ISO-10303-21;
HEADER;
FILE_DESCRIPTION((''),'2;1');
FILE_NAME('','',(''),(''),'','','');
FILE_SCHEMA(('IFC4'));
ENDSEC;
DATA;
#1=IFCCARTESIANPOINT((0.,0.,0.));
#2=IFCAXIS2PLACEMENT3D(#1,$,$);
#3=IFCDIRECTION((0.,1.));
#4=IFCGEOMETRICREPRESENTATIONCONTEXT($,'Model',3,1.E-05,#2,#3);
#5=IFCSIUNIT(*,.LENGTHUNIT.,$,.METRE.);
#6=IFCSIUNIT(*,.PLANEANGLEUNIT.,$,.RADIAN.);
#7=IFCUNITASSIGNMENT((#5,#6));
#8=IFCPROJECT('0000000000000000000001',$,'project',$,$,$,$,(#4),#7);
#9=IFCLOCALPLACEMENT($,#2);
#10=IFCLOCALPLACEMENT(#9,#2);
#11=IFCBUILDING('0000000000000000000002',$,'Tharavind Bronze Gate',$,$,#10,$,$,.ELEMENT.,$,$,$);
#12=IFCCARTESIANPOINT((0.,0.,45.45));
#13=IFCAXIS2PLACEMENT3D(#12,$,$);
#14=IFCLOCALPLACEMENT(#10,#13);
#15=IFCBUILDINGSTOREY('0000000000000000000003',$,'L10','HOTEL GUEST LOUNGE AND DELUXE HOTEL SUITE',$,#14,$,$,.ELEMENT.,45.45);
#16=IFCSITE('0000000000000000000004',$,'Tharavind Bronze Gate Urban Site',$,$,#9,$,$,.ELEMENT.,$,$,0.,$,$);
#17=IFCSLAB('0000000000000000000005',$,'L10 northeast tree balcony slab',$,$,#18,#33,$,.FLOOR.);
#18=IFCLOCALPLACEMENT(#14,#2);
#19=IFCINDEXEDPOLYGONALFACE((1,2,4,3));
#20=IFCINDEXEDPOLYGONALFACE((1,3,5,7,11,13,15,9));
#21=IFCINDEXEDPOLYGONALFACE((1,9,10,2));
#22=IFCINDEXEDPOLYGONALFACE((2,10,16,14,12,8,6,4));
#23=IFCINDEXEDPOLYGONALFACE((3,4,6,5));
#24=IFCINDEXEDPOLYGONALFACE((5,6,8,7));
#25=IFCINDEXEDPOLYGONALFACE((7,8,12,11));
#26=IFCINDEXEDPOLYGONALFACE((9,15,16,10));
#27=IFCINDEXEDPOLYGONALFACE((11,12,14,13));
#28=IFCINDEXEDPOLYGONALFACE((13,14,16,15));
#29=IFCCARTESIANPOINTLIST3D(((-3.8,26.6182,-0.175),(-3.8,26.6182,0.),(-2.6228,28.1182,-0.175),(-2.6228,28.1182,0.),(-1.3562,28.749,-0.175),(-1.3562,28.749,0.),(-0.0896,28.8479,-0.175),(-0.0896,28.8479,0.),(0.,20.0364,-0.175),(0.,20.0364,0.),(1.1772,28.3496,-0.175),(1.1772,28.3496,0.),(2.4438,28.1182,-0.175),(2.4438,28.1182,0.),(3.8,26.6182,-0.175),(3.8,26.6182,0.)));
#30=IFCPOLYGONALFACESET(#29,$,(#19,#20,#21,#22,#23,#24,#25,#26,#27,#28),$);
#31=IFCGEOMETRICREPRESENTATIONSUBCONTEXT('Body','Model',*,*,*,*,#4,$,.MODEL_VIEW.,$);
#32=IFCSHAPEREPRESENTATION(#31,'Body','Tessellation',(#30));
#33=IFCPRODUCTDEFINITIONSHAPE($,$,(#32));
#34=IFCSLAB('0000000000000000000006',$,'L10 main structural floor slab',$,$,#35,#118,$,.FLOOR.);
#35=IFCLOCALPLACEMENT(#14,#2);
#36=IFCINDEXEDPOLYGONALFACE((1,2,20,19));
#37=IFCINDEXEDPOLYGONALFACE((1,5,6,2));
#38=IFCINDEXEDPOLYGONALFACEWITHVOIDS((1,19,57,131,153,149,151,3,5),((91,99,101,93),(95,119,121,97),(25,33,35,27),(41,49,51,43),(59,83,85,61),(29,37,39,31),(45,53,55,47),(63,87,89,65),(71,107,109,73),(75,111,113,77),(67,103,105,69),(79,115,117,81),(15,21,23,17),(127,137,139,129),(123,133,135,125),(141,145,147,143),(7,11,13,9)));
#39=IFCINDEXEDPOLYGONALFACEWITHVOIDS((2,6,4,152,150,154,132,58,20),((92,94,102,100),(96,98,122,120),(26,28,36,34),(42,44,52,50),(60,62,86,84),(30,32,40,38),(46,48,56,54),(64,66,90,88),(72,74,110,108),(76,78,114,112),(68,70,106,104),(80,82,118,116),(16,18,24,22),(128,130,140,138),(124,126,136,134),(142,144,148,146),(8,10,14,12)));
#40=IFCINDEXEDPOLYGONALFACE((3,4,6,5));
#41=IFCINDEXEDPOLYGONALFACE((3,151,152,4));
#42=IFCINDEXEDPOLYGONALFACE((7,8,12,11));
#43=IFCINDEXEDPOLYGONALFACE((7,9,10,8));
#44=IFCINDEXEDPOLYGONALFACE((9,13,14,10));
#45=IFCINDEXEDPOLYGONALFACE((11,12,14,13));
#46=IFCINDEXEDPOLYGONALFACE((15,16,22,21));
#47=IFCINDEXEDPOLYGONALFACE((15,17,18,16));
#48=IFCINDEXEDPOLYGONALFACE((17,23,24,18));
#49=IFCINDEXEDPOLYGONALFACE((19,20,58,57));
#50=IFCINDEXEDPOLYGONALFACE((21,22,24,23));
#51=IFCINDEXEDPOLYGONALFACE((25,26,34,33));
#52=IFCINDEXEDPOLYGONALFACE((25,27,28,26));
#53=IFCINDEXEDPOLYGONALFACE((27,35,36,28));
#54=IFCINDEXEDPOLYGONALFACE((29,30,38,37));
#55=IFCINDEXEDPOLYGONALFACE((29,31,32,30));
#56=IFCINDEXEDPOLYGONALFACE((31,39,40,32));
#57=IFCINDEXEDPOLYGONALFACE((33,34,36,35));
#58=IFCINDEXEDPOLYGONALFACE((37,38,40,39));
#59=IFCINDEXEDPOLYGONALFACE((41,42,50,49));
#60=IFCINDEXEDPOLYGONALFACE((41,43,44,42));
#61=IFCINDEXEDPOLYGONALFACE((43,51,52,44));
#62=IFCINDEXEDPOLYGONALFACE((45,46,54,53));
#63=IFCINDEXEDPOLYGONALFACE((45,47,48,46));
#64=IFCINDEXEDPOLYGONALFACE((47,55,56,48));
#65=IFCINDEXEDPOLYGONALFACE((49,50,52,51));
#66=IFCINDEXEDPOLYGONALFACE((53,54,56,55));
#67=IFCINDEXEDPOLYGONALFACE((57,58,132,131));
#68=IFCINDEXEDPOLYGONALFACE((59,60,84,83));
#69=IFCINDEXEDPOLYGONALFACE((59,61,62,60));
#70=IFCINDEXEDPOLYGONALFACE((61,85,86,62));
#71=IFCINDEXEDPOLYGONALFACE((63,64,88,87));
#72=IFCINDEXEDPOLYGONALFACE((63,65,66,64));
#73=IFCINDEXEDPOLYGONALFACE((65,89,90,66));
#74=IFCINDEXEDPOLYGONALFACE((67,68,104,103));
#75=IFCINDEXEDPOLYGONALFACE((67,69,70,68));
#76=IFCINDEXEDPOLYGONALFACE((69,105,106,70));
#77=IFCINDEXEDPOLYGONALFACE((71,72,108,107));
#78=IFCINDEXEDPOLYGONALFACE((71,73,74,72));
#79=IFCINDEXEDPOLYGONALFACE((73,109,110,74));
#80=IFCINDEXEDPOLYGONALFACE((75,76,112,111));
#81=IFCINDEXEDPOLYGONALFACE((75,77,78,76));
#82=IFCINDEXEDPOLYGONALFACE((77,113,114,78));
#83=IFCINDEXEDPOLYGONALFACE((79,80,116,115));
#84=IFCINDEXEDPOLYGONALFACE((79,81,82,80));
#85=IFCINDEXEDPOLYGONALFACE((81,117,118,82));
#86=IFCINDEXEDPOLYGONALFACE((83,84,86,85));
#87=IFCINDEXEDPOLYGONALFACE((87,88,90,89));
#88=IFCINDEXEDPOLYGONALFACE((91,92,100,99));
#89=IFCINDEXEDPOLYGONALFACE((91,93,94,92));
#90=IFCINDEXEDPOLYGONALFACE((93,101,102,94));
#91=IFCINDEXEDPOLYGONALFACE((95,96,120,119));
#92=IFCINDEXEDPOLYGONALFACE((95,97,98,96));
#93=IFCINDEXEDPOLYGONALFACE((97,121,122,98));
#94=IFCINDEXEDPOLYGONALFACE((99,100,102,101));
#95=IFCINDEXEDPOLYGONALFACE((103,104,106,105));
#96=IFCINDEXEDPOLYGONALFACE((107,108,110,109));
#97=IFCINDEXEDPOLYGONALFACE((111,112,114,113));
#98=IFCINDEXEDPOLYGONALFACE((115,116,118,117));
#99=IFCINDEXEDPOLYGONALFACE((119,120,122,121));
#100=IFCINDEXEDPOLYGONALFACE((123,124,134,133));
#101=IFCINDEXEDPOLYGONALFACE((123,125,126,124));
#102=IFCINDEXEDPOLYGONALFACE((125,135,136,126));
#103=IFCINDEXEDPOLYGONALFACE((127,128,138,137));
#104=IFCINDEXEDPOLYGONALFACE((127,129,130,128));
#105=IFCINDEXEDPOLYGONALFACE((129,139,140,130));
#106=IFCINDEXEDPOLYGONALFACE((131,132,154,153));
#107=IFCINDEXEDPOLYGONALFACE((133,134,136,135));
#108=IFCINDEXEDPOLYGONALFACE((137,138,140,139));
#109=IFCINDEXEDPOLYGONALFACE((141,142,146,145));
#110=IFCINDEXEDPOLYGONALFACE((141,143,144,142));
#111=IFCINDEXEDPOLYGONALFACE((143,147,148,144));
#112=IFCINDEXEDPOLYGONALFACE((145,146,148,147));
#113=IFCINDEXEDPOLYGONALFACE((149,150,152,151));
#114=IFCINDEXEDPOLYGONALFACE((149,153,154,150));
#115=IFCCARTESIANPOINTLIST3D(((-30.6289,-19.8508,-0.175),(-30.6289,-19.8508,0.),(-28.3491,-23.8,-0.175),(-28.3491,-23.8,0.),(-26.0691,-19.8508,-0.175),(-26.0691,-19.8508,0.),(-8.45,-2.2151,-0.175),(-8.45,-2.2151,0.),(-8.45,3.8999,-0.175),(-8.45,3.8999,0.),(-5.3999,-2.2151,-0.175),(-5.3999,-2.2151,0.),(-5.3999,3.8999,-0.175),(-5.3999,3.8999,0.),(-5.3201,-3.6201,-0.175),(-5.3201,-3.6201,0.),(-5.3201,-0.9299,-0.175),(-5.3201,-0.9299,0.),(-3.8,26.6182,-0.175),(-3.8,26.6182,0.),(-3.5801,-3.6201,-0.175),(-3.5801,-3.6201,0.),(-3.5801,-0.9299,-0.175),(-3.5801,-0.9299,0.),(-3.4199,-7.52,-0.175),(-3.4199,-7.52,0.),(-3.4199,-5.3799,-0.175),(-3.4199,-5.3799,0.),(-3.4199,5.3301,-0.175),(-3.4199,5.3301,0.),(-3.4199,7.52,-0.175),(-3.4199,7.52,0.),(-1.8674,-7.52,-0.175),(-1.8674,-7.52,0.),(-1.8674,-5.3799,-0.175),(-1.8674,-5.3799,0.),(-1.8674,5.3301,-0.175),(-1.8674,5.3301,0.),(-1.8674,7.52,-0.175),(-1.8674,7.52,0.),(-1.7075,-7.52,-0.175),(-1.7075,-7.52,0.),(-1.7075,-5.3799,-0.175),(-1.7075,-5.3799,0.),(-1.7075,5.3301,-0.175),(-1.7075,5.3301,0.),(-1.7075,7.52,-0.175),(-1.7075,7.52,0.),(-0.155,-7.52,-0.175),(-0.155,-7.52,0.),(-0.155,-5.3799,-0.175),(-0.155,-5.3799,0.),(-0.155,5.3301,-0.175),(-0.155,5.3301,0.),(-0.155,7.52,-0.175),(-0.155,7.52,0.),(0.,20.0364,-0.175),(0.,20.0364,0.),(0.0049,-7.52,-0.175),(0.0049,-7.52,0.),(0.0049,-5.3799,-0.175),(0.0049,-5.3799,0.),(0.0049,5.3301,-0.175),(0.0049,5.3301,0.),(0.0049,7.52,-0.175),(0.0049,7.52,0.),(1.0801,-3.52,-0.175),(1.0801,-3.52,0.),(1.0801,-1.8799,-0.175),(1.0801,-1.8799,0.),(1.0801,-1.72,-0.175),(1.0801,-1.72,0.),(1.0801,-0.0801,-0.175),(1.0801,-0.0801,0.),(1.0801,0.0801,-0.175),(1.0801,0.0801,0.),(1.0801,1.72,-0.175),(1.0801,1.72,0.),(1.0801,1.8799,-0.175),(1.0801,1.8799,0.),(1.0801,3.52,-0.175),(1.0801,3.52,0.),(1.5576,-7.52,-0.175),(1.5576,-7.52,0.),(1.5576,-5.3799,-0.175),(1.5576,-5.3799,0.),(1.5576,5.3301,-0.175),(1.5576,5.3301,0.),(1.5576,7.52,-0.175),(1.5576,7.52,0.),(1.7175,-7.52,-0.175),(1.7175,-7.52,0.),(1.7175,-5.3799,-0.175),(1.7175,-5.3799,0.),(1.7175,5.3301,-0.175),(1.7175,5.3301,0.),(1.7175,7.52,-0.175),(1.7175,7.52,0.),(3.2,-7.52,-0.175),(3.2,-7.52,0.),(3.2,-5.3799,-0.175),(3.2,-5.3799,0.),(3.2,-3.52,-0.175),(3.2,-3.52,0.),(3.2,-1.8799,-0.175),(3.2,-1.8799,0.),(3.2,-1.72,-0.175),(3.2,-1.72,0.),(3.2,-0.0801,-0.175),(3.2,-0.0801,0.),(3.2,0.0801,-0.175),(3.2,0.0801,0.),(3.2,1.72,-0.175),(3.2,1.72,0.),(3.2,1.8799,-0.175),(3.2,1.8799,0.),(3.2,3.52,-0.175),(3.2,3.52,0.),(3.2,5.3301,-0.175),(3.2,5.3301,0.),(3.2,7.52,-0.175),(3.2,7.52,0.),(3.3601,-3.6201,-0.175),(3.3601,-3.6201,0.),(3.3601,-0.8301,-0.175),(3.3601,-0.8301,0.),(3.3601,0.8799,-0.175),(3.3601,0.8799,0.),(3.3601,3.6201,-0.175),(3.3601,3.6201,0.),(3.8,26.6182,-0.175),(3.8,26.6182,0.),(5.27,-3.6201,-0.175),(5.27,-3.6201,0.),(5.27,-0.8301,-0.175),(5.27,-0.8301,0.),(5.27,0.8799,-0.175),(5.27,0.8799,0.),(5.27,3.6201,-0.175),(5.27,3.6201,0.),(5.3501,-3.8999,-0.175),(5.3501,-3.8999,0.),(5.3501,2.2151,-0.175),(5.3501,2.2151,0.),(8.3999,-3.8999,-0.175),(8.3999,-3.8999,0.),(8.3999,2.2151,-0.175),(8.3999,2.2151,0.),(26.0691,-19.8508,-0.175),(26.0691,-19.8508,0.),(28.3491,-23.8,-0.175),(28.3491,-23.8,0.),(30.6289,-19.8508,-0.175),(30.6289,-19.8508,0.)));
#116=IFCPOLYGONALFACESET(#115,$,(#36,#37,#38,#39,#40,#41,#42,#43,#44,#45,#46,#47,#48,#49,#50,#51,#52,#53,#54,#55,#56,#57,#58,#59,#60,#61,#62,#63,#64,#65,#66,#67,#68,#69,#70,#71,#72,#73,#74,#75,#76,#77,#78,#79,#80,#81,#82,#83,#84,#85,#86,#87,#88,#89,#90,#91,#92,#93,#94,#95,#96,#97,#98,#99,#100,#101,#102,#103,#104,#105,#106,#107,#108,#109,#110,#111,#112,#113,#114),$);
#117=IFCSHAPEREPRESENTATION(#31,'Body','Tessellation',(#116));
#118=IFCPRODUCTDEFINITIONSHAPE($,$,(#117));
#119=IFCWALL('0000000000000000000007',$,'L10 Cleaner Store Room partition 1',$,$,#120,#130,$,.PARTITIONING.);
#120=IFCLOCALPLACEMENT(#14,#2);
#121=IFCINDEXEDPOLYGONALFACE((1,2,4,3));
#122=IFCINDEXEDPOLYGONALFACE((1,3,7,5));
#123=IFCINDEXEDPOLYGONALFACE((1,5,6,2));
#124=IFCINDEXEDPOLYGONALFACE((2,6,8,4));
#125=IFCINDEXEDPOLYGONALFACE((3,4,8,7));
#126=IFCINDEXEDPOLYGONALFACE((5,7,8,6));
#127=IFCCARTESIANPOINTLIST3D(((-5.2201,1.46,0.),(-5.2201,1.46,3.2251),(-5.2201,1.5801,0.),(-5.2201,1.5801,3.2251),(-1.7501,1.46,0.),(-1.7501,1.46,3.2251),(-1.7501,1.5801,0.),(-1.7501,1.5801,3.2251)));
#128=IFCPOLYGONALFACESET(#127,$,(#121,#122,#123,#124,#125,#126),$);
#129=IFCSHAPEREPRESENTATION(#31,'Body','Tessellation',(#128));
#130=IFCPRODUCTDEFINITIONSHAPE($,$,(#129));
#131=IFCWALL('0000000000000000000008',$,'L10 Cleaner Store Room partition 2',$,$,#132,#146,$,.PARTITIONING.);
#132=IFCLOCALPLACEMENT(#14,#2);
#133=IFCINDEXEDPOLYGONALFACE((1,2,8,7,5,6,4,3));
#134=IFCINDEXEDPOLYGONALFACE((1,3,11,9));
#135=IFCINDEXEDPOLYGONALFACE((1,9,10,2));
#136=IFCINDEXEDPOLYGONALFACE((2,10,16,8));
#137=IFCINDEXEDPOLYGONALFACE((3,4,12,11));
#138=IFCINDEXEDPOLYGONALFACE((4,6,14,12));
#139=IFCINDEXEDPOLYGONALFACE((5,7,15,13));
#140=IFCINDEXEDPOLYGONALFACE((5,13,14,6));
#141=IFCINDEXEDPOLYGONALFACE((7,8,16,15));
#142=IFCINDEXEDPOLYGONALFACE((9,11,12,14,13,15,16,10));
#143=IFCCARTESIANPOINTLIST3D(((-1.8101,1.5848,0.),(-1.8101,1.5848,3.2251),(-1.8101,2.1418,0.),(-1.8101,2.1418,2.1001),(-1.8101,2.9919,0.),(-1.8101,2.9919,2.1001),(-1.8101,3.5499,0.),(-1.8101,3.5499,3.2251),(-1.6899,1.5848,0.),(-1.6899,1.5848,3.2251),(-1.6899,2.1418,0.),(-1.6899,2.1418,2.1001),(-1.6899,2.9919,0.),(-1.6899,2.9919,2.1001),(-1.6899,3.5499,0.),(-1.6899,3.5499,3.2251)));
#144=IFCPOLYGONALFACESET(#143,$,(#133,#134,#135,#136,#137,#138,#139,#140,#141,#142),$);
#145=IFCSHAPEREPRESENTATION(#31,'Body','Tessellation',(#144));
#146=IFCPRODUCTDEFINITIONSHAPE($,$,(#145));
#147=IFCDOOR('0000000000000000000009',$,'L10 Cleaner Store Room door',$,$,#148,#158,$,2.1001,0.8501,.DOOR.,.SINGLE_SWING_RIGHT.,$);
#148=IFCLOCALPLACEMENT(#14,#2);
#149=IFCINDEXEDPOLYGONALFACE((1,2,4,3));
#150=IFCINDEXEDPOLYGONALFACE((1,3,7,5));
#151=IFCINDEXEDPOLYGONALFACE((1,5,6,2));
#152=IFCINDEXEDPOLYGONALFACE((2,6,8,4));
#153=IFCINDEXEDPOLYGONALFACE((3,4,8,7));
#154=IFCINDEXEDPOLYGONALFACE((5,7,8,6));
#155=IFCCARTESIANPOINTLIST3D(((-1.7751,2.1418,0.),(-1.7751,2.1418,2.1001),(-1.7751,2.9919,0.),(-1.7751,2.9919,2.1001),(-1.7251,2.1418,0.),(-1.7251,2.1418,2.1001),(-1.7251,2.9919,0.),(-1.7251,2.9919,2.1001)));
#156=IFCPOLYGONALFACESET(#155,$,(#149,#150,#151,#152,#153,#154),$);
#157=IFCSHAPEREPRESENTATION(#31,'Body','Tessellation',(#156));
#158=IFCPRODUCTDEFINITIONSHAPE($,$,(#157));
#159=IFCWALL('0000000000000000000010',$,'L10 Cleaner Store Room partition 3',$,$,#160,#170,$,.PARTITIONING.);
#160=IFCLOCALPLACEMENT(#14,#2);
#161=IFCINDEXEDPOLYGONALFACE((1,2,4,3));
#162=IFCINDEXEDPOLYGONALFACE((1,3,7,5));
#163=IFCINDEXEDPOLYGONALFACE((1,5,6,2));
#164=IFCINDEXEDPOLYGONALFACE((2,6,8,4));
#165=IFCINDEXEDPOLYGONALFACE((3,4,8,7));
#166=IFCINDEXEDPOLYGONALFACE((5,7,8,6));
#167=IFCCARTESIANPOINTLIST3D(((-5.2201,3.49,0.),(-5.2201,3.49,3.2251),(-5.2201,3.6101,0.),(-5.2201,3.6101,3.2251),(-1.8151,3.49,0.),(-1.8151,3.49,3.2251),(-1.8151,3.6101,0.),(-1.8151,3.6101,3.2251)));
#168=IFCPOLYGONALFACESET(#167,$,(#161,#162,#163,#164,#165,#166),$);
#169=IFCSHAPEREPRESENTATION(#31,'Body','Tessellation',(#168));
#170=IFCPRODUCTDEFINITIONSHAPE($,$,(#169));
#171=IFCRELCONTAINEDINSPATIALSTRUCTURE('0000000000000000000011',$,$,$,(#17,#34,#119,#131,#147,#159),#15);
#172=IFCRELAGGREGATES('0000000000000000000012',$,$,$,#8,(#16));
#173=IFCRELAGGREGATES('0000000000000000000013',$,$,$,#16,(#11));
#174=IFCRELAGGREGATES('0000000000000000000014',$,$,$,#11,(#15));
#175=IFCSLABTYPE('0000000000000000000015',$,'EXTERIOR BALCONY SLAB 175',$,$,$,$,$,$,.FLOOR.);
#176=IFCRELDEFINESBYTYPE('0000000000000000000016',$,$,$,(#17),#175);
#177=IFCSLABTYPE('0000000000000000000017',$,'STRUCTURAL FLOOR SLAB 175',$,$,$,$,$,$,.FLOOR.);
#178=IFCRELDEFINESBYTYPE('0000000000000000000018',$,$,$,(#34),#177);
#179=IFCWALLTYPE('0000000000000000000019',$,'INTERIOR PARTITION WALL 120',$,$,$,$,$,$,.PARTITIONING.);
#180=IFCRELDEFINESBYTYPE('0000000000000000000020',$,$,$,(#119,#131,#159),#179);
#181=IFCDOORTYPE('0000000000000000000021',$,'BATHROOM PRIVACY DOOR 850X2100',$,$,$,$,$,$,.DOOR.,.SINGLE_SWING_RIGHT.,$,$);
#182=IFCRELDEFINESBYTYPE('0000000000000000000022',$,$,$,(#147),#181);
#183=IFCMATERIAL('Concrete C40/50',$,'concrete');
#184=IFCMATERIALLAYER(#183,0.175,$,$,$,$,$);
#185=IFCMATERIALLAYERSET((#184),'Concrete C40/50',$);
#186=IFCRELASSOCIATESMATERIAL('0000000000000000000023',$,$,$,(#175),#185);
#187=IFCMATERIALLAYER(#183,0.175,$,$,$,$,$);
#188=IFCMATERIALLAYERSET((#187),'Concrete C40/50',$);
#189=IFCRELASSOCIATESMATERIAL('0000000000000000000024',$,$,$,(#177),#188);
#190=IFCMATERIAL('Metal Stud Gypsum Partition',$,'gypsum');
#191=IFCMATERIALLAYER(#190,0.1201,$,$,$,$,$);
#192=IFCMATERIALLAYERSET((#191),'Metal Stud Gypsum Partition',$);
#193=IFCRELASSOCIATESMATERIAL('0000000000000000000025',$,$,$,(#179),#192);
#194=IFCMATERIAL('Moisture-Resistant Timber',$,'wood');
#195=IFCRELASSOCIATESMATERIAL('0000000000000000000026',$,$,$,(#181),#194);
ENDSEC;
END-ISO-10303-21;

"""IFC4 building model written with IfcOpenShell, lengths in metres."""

from ifc_helpers import new_model, si_unit, direction, frame, frame_2d, origin, place, context, subcontext, project, spatial, polyline, rectangle, outline, extrude, material, layer, layer_set, type_object, element, fill, save


model = new_model("IFC4")

# Units and contexts
model_context = context("Model", 3, precision=1e-05, world=origin(), true_north=direction((0.0, 1.0)))
body_context = subcontext(model_context, "Body", "Model", "MODEL_VIEW")
ifc_project = project(units=[si_unit("LENGTHUNIT", "METRE"), si_unit("PLANEANGLEUNIT", "RADIAN")], contexts=[model_context])

# Site, building, storey
site_placement = place(None, origin())
site = spatial("IfcSite", under=ifc_project, at=site_placement, Name="Tharavind Bronze Gate Urban Site", CompositionType="ELEMENT", RefElevation=0.0)
building_placement = place(site_placement, origin())
building = spatial("IfcBuilding", under=site, at=building_placement, Name="Tharavind Bronze Gate", CompositionType="ELEMENT")
storey_placement = place(building_placement, frame((0.0, 0.0, 45.45)))
storey = spatial("IfcBuildingStorey", under=building, at=storey_placement, Name="L10", Description="HOTEL GUEST LOUNGE AND DELUXE HOTEL SUITE", CompositionType="ELEMENT", Elevation=45.45)

# Slabs
ifc_material_1 = material(Name="Concrete C40/50", Category="concrete")
ifc_layer_1 = layer(ifc_material_1, 0.175)
ifc_layer_set_1 = layer_set([ifc_layer_1], Name="Concrete C40/50")
slab_type_1 = type_object("IfcSlabType", Name="EXTERIOR BALCONY SLAB 175", PredefinedType="FLOOR", material=ifc_layer_set_1)
slab_1_placement = place(storey_placement, frame((0.0, 0.0, -0.175)))
element("IfcSlab", 1, at=slab_1_placement, inside=storey, type_object=slab_type_1, Name="L10 northeast tree balcony slab", PredefinedType="FLOOR", context=body_context, shape_type="SweptSolid", body=[
    extrude(outline(polyline([(2.4438, 28.1182), (1.1772, 28.3496), (-0.0896, 28.8479), (-1.3562, 28.749), (-2.6228, 28.1182), (-3.8, 26.6182), (0.0, 20.0364), (3.8, 26.6182), (2.4438, 28.1182)])), origin(), (0.0, 0.0, 1.0), 0.175),
])
ifc_layer_2 = layer(ifc_material_1, 0.175)
ifc_layer_set_2 = layer_set([ifc_layer_2], Name="Concrete C40/50")
slab_type_2 = type_object("IfcSlabType", Name="STRUCTURAL FLOOR SLAB 175", PredefinedType="FLOOR", material=ifc_layer_set_2)
slab_2_placement = place(storey_placement, frame((0.0, 0.0, -0.175)))
element("IfcSlab", 2, at=slab_2_placement, inside=storey, type_object=slab_type_2, Name="L10 main structural floor slab", PredefinedType="FLOOR", context=body_context, shape_type="SweptSolid", body=[
    extrude(outline(polyline([(3.8, 26.6182), (0.0, 20.0364), (-3.8, 26.6182), (-30.6289, -19.8508), (-26.0691, -19.8508), (-28.3491, -23.8), (28.3491, -23.8), (26.0691, -19.8508), (30.6289, -19.8508), (3.8, 26.6182)]), holes=[polyline([(-5.3999, -2.2151), (-5.3999, 3.8999), (-8.45, 3.8999), (-8.45, -2.2151), (-5.3999, -2.2151)]), polyline([(5.3501, 2.2151), (5.3501, -3.8999), (8.3999, -3.8999), (8.3999, 2.2151), (5.3501, 2.2151)]), polyline([(-3.4199, -7.52), (-1.8674, -7.52), (-1.8674, -5.3799), (-3.4199, -5.3799), (-3.4199, -7.52)]), polyline([(-1.7075, -7.52), (-0.155, -7.52), (-0.155, -5.3799), (-1.7075, -5.3799), (-1.7075, -7.52)]), polyline([(0.0049, -7.52), (1.5576, -7.52), (1.5576, -5.3799), (0.0049, -5.3799), (0.0049, -7.52)]), polyline([(1.7175, -7.52), (3.2, -7.52), (3.2, -5.3799), (1.7175, -5.3799), (1.7175, -7.52)]), polyline([(-3.4199, 5.3301), (-1.8674, 5.3301), (-1.8674, 7.52), (-3.4199, 7.52), (-3.4199, 5.3301)]), polyline([(-1.7075, 5.3301), (-0.155, 5.3301), (-0.155, 7.52), (-1.7075, 7.52), (-1.7075, 5.3301)]), polyline([(0.0049, 5.3301), (1.5576, 5.3301), (1.5576, 7.52), (0.0049, 7.52), (0.0049, 5.3301)]), polyline([(1.7175, 5.3301), (3.2, 5.3301), (3.2, 7.52), (1.7175, 7.52), (1.7175, 5.3301)]), polyline([(1.0801, -3.52), (3.2, -3.52), (3.2, -1.8799), (1.0801, -1.8799), (1.0801, -3.52)]), polyline([(1.0801, -1.72), (3.2, -1.72), (3.2, -0.0801), (1.0801, -0.0801), (1.0801, -1.72)]), polyline([(1.0801, 0.0801), (3.2, 0.0801), (3.2, 1.72), (1.0801, 1.72), (1.0801, 0.0801)]), polyline([(1.0801, 1.8799), (3.2, 1.8799), (3.2, 3.52), (1.0801, 3.52), (1.0801, 1.8799)]), polyline([(-5.3201, -3.6201), (-3.5801, -3.6201), (-3.5801, -0.9299), (-5.3201, -0.9299), (-5.3201, -3.6201)]), polyline([(3.3601, 0.8799), (5.27, 0.8799), (5.27, 3.6201), (3.3601, 3.6201), (3.3601, 0.8799)]), polyline([(3.3601, -3.6201), (5.27, -3.6201), (5.27, -0.8301), (3.3601, -0.8301), (3.3601, -3.6201)])]), origin(), (0.0, 0.0, 1.0), 0.175),
])

# Wall
ifc_material_2 = material(Name="Metal Stud Gypsum Partition", Category="gypsum")
ifc_layer_3 = layer(ifc_material_2, 0.1201)
ifc_layer_set_3 = layer_set([ifc_layer_3], Name="Metal Stud Gypsum Partition")
wall_type_1 = type_object("IfcWallType", Name="INTERIOR PARTITION WALL 120", PredefinedType="PARTITIONING", material=ifc_layer_set_3)
wall_1_placement = place(storey_placement, frame((-5.22, 1.52, 0.0), z_axis=(0.0, 0.0, 1.0), x_axis=(1.0, 0.0, 0.0)))
element("IfcWall", 3, at=wall_1_placement, inside=storey, type_object=wall_type_1, Name="L10 Cleaner Store Room partition 1", PredefinedType="PARTITIONING", context=body_context, shape_type="SweptSolid", body=[
    extrude(rectangle(XDim=3.47, YDim=0.1201, at=frame_2d((1.7349, 0.0))), origin(), (0.0, 0.0, 1.0), 3.2251),
])

# Wall, opening, door
wall_2_placement = place(storey_placement, frame((-1.75, 1.585, 0.0), z_axis=(0.0, 0.0, 1.0), x_axis=(0.0, 1.0, 0.0)))
wall_2 = element("IfcWall", 4, at=wall_2_placement, inside=storey, type_object=wall_type_1, Name="L10 Cleaner Store Room partition 2", PredefinedType="PARTITIONING", context=body_context, shape_type="SweptSolid", body=[
    extrude(rectangle(XDim=1.9651, YDim=0.1201, at=frame_2d((0.9824, 0.0))), origin(), (0.0, 0.0, 1.0), 3.2251),
])
opening_1_placement = place(wall_2_placement, frame((0.5569, 0.0, 0.0)))
opening_1 = element("IfcOpeningElement", 5, at=opening_1_placement, cuts=wall_2, PredefinedType="OPENING", context=body_context, shape_type="SweptSolid", body=[
    extrude(rectangle(XDim=0.8501, YDim=2.1001, at=frame_2d((0.425, 1.05))), frame((0.0, 0.0701, 0.0), z_axis=(0.0, -1.0, 0.0), x_axis=(1.0, 0.0, 0.0)), (0.0, 0.0, 1.0), 0.1401),
])
ifc_material_3 = material(Name="Moisture-Resistant Timber", Category="wood")
door_type = type_object("IfcDoorType", Name="BATHROOM PRIVACY DOOR 850X2100", OperationType="SINGLE_SWING_RIGHT", PredefinedType="DOOR", material=ifc_material_3)
door_1_placement = place(opening_1_placement, frame((0.8501, 0.0, 0.0), z_axis=(0.0, 0.0, 1.0), x_axis=(-1.0, 0.0, 0.0)))
door_1 = element("IfcDoor", 6, at=door_1_placement, inside=storey, type_object=door_type, Name="L10 Cleaner Store Room door", OperationType="SINGLE_SWING_RIGHT", OverallHeight=2.1001, OverallWidth=0.8501, PredefinedType="DOOR", context=body_context, shape_type="SweptSolid", body=[
    extrude(rectangle(XDim=0.8501, YDim=2.1001, at=frame_2d((0.425, 1.05))), frame((0.0, 0.0249, 0.0), z_axis=(0.0, -1.0, 0.0), x_axis=(1.0, 0.0, 0.0)), (0.0, 0.0, 1.0), 0.05),
])
fill(opening_1, door_1)

# Wall
wall_3_placement = place(storey_placement, frame((-1.8149, 3.55, 0.0), z_axis=(0.0, 0.0, 1.0), x_axis=(-1.0, 0.0, 0.0)))
element("IfcWall", 7, at=wall_3_placement, inside=storey, type_object=wall_type_1, Name="L10 Cleaner Store Room partition 3", PredefinedType="PARTITIONING", context=body_context, shape_type="SweptSolid", body=[
    extrude(rectangle(XDim=3.405, YDim=0.1201, at=frame_2d((1.7026, 0.0))), origin(), (0.0, 0.0, 1.0), 3.2251),
])

save(model, "model.ifc")
